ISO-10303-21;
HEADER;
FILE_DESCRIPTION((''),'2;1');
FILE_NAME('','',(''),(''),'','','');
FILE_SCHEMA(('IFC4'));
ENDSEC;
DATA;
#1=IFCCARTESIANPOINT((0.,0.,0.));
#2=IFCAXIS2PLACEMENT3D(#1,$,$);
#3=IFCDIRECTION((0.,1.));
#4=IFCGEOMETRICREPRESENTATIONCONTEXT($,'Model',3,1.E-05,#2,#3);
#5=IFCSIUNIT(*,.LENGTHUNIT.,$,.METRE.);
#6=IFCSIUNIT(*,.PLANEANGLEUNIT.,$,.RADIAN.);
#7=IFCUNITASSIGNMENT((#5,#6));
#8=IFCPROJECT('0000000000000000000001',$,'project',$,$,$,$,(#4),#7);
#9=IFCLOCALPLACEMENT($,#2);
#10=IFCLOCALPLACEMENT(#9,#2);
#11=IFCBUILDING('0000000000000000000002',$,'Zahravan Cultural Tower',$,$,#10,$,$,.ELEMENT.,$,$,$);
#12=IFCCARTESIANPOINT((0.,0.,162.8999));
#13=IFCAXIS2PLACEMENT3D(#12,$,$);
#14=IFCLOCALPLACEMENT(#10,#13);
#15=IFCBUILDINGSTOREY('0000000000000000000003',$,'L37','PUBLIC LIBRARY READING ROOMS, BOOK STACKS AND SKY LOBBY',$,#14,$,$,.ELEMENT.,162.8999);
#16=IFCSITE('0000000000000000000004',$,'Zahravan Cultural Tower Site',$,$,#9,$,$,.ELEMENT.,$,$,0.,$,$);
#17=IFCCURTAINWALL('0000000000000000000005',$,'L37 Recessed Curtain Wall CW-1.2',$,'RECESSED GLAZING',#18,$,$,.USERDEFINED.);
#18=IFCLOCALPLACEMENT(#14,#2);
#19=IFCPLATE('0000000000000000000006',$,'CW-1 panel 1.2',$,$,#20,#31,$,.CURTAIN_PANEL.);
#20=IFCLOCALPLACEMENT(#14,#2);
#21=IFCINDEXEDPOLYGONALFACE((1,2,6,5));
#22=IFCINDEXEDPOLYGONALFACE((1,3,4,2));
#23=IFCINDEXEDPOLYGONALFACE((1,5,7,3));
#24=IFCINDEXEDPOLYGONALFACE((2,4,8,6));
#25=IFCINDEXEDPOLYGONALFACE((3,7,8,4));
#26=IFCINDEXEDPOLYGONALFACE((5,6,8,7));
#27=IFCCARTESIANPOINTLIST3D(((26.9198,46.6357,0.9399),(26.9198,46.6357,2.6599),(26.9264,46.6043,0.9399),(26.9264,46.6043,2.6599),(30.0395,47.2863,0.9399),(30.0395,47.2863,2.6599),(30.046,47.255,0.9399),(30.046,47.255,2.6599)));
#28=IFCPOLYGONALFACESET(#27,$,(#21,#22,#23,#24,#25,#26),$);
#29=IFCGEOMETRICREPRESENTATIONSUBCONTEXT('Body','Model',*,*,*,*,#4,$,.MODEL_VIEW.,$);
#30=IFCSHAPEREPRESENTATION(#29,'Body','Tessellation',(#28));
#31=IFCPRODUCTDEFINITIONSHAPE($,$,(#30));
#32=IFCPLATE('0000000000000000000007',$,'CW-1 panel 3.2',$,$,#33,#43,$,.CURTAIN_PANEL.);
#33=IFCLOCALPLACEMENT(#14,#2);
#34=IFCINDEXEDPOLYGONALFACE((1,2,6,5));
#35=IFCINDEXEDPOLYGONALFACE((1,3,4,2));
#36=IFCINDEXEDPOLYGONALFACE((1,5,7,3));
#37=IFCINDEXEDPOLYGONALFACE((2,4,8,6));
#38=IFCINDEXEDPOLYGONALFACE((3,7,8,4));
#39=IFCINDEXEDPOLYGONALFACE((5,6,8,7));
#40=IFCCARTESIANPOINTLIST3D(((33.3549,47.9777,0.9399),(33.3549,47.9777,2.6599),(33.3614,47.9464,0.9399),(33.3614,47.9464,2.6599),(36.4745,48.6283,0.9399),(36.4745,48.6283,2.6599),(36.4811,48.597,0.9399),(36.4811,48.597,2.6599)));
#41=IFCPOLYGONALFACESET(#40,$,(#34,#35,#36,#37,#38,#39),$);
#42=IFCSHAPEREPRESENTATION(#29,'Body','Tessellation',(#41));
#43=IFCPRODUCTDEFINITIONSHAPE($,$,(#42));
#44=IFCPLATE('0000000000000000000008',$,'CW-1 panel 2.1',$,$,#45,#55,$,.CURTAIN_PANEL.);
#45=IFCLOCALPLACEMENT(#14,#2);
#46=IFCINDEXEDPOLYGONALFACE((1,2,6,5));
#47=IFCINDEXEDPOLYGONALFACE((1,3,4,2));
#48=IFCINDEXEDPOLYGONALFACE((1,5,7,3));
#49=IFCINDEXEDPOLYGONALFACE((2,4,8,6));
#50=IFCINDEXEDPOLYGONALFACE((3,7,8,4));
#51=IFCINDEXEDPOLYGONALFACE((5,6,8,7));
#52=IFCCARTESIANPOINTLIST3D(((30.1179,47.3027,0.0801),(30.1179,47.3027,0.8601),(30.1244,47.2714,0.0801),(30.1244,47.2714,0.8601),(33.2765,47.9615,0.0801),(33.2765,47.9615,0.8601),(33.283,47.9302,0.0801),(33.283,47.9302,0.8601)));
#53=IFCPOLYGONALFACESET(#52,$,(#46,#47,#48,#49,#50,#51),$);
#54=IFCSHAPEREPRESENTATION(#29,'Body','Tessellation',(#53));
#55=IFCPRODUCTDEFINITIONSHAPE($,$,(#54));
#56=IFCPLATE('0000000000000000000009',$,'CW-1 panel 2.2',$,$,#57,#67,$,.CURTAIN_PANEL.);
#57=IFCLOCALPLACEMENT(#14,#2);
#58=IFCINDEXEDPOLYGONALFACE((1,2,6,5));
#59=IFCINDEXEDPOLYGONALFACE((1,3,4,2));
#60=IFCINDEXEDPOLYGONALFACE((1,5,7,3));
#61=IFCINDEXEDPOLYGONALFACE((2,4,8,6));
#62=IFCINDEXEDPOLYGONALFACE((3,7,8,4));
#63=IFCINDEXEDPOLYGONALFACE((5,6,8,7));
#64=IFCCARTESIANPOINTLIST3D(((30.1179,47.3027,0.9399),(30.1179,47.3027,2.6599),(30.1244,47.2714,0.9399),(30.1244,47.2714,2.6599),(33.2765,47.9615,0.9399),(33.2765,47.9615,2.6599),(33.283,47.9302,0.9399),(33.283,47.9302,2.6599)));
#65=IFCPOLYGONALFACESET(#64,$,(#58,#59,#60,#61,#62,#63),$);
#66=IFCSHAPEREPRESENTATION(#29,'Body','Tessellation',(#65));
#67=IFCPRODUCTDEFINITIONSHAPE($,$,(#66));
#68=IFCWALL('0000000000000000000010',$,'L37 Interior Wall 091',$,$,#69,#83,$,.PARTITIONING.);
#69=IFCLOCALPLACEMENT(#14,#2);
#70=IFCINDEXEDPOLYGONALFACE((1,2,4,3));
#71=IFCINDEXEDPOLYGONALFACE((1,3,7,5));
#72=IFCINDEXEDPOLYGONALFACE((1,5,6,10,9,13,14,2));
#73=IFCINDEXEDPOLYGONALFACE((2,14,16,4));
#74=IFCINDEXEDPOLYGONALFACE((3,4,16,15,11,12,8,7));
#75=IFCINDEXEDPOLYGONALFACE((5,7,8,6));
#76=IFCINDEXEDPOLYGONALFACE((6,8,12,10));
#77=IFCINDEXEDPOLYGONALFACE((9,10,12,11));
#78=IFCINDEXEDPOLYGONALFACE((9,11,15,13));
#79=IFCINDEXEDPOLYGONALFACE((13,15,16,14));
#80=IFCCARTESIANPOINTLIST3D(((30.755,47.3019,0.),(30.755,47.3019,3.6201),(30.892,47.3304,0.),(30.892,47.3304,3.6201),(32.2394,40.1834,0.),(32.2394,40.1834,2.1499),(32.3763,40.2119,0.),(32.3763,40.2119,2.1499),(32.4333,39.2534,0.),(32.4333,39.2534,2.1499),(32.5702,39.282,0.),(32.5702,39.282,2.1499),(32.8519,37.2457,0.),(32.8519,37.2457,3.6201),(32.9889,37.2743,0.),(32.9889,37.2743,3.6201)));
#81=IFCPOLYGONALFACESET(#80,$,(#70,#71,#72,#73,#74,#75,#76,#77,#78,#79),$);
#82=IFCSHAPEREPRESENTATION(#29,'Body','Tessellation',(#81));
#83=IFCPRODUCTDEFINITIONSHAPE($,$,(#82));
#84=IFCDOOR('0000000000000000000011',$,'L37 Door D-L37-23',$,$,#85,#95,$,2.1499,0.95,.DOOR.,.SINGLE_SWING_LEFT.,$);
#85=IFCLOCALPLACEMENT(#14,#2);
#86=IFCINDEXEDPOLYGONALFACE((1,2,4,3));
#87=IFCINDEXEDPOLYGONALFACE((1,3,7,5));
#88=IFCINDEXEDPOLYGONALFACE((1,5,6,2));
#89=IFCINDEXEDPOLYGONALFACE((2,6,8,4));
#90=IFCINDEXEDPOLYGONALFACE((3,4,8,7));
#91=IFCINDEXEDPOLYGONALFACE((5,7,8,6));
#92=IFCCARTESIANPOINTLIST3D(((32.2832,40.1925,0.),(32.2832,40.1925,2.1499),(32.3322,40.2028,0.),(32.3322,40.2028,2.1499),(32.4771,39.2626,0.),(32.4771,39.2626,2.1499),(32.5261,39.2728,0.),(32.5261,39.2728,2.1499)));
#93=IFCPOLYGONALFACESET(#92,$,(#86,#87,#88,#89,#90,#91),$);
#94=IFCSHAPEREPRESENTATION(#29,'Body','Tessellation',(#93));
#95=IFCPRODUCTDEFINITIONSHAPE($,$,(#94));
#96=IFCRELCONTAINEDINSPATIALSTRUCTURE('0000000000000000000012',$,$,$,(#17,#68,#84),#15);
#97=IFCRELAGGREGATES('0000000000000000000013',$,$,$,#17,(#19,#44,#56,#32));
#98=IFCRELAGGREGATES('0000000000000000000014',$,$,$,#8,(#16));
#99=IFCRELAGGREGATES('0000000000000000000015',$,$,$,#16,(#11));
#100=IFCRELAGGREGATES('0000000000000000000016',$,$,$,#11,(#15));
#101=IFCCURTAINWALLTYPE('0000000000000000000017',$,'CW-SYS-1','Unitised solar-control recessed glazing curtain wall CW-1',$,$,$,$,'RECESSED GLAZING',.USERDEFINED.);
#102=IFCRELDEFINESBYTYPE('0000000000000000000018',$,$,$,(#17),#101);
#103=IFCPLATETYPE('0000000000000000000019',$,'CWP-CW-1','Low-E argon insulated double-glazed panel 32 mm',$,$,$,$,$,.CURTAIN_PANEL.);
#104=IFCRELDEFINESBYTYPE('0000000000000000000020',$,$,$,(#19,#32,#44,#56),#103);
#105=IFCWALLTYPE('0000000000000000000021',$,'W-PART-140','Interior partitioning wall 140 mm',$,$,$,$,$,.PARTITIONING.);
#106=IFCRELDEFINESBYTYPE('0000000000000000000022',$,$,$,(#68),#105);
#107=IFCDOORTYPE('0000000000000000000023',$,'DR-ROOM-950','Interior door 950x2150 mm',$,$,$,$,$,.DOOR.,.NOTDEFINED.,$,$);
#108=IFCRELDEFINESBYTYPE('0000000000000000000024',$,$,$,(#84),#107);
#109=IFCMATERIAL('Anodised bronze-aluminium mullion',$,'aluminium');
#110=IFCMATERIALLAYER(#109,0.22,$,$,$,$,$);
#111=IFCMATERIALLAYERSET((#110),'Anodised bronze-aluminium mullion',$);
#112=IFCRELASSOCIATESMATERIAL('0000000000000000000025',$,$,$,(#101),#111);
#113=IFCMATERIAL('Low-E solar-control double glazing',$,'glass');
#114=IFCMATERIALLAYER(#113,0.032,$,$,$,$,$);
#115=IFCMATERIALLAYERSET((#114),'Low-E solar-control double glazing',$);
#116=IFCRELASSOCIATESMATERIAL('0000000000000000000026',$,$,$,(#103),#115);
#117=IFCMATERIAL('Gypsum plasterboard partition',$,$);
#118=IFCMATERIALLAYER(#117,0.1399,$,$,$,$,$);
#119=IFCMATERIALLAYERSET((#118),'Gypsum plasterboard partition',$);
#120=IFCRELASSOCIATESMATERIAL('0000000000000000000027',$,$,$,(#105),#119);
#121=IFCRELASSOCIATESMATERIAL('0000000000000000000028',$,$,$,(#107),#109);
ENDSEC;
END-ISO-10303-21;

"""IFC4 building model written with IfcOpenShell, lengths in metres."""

from ifc_helpers import new_model, si_unit, direction, frame, frame_2d, origin, origin_2d, place, context, subcontext, project, spatial, rectangle, extrude, source, transform, mapped, material, layer, layer_set, type_object, element, fill, aggregate, save


model = new_model("IFC4")

# Units and contexts
model_context = context("Model", 3, precision=1e-05, world=origin(), true_north=direction((0.0, 1.0)))
body_context = subcontext(model_context, "Body", "Model", "MODEL_VIEW")
ifc_project = project(units=[si_unit("LENGTHUNIT", "METRE"), si_unit("PLANEANGLEUNIT", "RADIAN")], contexts=[model_context])

# Site, building, storey
site_placement = place(None, origin())
site = spatial("IfcSite", under=ifc_project, at=site_placement, Name="Zahravan Cultural Tower Site", CompositionType="ELEMENT", RefElevation=0.0)
building_placement = place(site_placement, origin())
building = spatial("IfcBuilding", under=site, at=building_placement, Name="Zahravan Cultural Tower", CompositionType="ELEMENT")
storey_placement = place(building_placement, frame((0.0, 0.0, 162.8999)))
storey = spatial("IfcBuildingStorey", under=building, at=storey_placement, Name="L37", Description="PUBLIC LIBRARY READING ROOMS, BOOK STACKS AND SKY LOBBY", CompositionType="ELEMENT", Elevation=162.8999)

# Curtain wall, plates
ifc_material_1 = material(Name="Anodised bronze-aluminium mullion", Category="aluminium")
ifc_layer_1 = layer(ifc_material_1, 0.22)
ifc_layer_set_1 = layer_set([ifc_layer_1], Name="Anodised bronze-aluminium mullion")
curtain_wall_type = type_object("IfcCurtainWallType", Name="CW-SYS-1", Description="Unitised solar-control recessed glazing curtain wall CW-1", ElementType="RECESSED GLAZING", PredefinedType="USERDEFINED", material=ifc_layer_set_1)
curtain_wall_placement = place(storey_placement, origin())
curtain_wall = element("IfcCurtainWall", 1, at=curtain_wall_placement, inside=storey, type_object=curtain_wall_type, Name="L37 Recessed Curtain Wall CW-1.2", ObjectType="RECESSED GLAZING", PredefinedType="USERDEFINED")
ifc_material_2 = material(Name="Low-E solar-control double glazing", Category="glass")
ifc_layer_2 = layer(ifc_material_2, 0.032)
ifc_layer_set_2 = layer_set([ifc_layer_2], Name="Low-E solar-control double glazing")
plate_type = type_object("IfcPlateType", Name="CWP-CW-1", Description="Low-E argon insulated double-glazed panel 32 mm", PredefinedType="CURTAIN_PANEL", material=ifc_layer_set_2)
shared_shape_1 = source(origin(), body_context, "Body", "SweptSolid", [
    extrude(rectangle(XDim=3.1868, YDim=0.032, at=origin_2d()), origin(), (0.0, 0.0, 1.0), 1.72),
])
plate_1_placement = place(storey_placement, frame((28.4829, 46.9453, 0.9399), z_axis=(0.0, 0.0, 1.0), x_axis=(0.978937, 0.204162, 0.0)))
plate_1 = element("IfcPlate", 2, at=plate_1_placement, type_object=plate_type, Name="CW-1 panel 1.2", PredefinedType="CURTAIN_PANEL", context=body_context, shape_type="MappedRepresentation", body=[
    mapped(shared_shape_1, transform((0.0, 0.0, 0.0), x_axis=(1.0, 0.0, 0.0), y_axis=(0.0, 1.0, 0.0), z_axis=(0.0, 0.0, 1.0), scale=1.0)),
])
plate_2_placement = place(storey_placement, frame((34.918, 48.2874, 0.9399), z_axis=(0.0, 0.0, 1.0), x_axis=(0.978937, 0.204162, 0.0)))
plate_2 = element("IfcPlate", 3, at=plate_2_placement, type_object=plate_type, Name="CW-1 panel 3.2", PredefinedType="CURTAIN_PANEL", context=body_context, shape_type="MappedRepresentation", body=[
    mapped(shared_shape_1, transform((0.0, 0.0, 0.0), x_axis=(1.0, 0.0, 0.0), y_axis=(0.0, 1.0, 0.0), z_axis=(0.0, 0.0, 1.0), scale=1.0)),
])
shared_shape_2 = source(origin(), body_context, "Body", "SweptSolid", [
    extrude(rectangle(XDim=3.2266, YDim=0.032, at=origin_2d()), origin(), (0.0, 0.0, 1.0), 0.78),
])
plate_3_placement = place(storey_placement, frame((31.7004, 47.6165, 0.0801), z_axis=(0.0, 0.0, 1.0), x_axis=(0.978937, 0.204162, 0.0)))
plate_3 = element("IfcPlate", 4, at=plate_3_placement, type_object=plate_type, Name="CW-1 panel 2.1", PredefinedType="CURTAIN_PANEL", context=body_context, shape_type="MappedRepresentation", body=[
    mapped(shared_shape_2, transform((0.0, 0.0, 0.0), x_axis=(1.0, 0.0, 0.0), y_axis=(0.0, 1.0, 0.0), z_axis=(0.0, 0.0, 1.0), scale=1.0)),
])
shared_shape_3 = source(origin(), body_context, "Body", "SweptSolid", [
    extrude(rectangle(XDim=3.2266, YDim=0.032, at=origin_2d()), origin(), (0.0, 0.0, 1.0), 1.72),
])
plate_4_placement = place(storey_placement, frame((31.7004, 47.6165, 0.9399), z_axis=(0.0, 0.0, 1.0), x_axis=(0.978937, 0.204162, 0.0)))
plate_4 = element("IfcPlate", 5, at=plate_4_placement, type_object=plate_type, Name="CW-1 panel 2.2", PredefinedType="CURTAIN_PANEL", context=body_context, shape_type="MappedRepresentation", body=[
    mapped(shared_shape_3, transform((0.0, 0.0, 0.0), x_axis=(1.0, 0.0, 0.0), y_axis=(0.0, 1.0, 0.0), z_axis=(0.0, 0.0, 1.0), scale=1.0)),
])
aggregate(curtain_wall, [plate_1, plate_3, plate_4, plate_2])

# Wall, opening, door
ifc_material_3 = material(Name="Gypsum plasterboard partition")
ifc_layer_3 = layer(ifc_material_3, 0.1399)
ifc_layer_set_3 = layer_set([ifc_layer_3], Name="Gypsum plasterboard partition")
wall_type = type_object("IfcWallType", Name="W-PART-140", Description="Interior partitioning wall 140 mm", PredefinedType="PARTITIONING", material=ifc_layer_set_3)
wall_placement = place(storey_placement, frame((30.8235, 47.3162, 0.0), z_axis=(0.0, 0.0, 1.0), x_axis=(0.204131, -0.978944, 0.0)))
wall = element("IfcWall", 6, at=wall_placement, inside=storey, type_object=wall_type, Name="L37 Interior Wall 091", PredefinedType="PARTITIONING", context=body_context, shape_type="SweptSolid", body=[
    extrude(rectangle(XDim=10.2725, YDim=0.1399, at=frame_2d((5.1362, 0.0))), origin(), (0.0, 0.0, 1.0), 3.6201),
])
opening_placement = place(wall_placement, frame((7.2715, 0.0, 0.0)))
opening = element("IfcOpeningElement", 7, at=opening_placement, cuts=wall, PredefinedType="OPENING", context=body_context, shape_type="SweptSolid", body=[
    extrude(rectangle(XDim=0.95, YDim=2.1499, at=frame_2d((0.4751, 1.075))), frame((0.0, 0.0798, 0.0), z_axis=(0.0, -1.0, 0.0), x_axis=(1.0, 0.0, 0.0)), (0.0, 0.0, 1.0), 0.1599),
])
door_type = type_object("IfcDoorType", Name="DR-ROOM-950", Description="Interior door 950x2150 mm", OperationType="NOTDEFINED", PredefinedType="DOOR", material=ifc_material_1)
shared_shape_4 = source(origin(), body_context, "Body", "SweptSolid", [
    extrude(rectangle(XDim=0.95, YDim=2.1499, at=frame_2d((0.4751, 1.075))), frame((0.0, 0.0249, 0.0), z_axis=(0.0, -1.0, 0.0), x_axis=(1.0, 0.0, 0.0)), (0.0, 0.0, 1.0), 0.05),
])
door_placement = place(opening_placement, origin())
door = element("IfcDoor", 8, at=door_placement, inside=storey, type_object=door_type, Name="L37 Door D-L37-23", OperationType="SINGLE_SWING_LEFT", OverallHeight=2.1499, OverallWidth=0.95, PredefinedType="DOOR", context=body_context, shape_type="MappedRepresentation", body=[
    mapped(shared_shape_4, transform((0.0, 0.0, 0.0), x_axis=(1.0, 0.0, 0.0), y_axis=(0.0, 1.0, 0.0), z_axis=(0.0, 0.0, 1.0), scale=1.0)),
])
fill(opening, door)

save(model, "model.ifc")
